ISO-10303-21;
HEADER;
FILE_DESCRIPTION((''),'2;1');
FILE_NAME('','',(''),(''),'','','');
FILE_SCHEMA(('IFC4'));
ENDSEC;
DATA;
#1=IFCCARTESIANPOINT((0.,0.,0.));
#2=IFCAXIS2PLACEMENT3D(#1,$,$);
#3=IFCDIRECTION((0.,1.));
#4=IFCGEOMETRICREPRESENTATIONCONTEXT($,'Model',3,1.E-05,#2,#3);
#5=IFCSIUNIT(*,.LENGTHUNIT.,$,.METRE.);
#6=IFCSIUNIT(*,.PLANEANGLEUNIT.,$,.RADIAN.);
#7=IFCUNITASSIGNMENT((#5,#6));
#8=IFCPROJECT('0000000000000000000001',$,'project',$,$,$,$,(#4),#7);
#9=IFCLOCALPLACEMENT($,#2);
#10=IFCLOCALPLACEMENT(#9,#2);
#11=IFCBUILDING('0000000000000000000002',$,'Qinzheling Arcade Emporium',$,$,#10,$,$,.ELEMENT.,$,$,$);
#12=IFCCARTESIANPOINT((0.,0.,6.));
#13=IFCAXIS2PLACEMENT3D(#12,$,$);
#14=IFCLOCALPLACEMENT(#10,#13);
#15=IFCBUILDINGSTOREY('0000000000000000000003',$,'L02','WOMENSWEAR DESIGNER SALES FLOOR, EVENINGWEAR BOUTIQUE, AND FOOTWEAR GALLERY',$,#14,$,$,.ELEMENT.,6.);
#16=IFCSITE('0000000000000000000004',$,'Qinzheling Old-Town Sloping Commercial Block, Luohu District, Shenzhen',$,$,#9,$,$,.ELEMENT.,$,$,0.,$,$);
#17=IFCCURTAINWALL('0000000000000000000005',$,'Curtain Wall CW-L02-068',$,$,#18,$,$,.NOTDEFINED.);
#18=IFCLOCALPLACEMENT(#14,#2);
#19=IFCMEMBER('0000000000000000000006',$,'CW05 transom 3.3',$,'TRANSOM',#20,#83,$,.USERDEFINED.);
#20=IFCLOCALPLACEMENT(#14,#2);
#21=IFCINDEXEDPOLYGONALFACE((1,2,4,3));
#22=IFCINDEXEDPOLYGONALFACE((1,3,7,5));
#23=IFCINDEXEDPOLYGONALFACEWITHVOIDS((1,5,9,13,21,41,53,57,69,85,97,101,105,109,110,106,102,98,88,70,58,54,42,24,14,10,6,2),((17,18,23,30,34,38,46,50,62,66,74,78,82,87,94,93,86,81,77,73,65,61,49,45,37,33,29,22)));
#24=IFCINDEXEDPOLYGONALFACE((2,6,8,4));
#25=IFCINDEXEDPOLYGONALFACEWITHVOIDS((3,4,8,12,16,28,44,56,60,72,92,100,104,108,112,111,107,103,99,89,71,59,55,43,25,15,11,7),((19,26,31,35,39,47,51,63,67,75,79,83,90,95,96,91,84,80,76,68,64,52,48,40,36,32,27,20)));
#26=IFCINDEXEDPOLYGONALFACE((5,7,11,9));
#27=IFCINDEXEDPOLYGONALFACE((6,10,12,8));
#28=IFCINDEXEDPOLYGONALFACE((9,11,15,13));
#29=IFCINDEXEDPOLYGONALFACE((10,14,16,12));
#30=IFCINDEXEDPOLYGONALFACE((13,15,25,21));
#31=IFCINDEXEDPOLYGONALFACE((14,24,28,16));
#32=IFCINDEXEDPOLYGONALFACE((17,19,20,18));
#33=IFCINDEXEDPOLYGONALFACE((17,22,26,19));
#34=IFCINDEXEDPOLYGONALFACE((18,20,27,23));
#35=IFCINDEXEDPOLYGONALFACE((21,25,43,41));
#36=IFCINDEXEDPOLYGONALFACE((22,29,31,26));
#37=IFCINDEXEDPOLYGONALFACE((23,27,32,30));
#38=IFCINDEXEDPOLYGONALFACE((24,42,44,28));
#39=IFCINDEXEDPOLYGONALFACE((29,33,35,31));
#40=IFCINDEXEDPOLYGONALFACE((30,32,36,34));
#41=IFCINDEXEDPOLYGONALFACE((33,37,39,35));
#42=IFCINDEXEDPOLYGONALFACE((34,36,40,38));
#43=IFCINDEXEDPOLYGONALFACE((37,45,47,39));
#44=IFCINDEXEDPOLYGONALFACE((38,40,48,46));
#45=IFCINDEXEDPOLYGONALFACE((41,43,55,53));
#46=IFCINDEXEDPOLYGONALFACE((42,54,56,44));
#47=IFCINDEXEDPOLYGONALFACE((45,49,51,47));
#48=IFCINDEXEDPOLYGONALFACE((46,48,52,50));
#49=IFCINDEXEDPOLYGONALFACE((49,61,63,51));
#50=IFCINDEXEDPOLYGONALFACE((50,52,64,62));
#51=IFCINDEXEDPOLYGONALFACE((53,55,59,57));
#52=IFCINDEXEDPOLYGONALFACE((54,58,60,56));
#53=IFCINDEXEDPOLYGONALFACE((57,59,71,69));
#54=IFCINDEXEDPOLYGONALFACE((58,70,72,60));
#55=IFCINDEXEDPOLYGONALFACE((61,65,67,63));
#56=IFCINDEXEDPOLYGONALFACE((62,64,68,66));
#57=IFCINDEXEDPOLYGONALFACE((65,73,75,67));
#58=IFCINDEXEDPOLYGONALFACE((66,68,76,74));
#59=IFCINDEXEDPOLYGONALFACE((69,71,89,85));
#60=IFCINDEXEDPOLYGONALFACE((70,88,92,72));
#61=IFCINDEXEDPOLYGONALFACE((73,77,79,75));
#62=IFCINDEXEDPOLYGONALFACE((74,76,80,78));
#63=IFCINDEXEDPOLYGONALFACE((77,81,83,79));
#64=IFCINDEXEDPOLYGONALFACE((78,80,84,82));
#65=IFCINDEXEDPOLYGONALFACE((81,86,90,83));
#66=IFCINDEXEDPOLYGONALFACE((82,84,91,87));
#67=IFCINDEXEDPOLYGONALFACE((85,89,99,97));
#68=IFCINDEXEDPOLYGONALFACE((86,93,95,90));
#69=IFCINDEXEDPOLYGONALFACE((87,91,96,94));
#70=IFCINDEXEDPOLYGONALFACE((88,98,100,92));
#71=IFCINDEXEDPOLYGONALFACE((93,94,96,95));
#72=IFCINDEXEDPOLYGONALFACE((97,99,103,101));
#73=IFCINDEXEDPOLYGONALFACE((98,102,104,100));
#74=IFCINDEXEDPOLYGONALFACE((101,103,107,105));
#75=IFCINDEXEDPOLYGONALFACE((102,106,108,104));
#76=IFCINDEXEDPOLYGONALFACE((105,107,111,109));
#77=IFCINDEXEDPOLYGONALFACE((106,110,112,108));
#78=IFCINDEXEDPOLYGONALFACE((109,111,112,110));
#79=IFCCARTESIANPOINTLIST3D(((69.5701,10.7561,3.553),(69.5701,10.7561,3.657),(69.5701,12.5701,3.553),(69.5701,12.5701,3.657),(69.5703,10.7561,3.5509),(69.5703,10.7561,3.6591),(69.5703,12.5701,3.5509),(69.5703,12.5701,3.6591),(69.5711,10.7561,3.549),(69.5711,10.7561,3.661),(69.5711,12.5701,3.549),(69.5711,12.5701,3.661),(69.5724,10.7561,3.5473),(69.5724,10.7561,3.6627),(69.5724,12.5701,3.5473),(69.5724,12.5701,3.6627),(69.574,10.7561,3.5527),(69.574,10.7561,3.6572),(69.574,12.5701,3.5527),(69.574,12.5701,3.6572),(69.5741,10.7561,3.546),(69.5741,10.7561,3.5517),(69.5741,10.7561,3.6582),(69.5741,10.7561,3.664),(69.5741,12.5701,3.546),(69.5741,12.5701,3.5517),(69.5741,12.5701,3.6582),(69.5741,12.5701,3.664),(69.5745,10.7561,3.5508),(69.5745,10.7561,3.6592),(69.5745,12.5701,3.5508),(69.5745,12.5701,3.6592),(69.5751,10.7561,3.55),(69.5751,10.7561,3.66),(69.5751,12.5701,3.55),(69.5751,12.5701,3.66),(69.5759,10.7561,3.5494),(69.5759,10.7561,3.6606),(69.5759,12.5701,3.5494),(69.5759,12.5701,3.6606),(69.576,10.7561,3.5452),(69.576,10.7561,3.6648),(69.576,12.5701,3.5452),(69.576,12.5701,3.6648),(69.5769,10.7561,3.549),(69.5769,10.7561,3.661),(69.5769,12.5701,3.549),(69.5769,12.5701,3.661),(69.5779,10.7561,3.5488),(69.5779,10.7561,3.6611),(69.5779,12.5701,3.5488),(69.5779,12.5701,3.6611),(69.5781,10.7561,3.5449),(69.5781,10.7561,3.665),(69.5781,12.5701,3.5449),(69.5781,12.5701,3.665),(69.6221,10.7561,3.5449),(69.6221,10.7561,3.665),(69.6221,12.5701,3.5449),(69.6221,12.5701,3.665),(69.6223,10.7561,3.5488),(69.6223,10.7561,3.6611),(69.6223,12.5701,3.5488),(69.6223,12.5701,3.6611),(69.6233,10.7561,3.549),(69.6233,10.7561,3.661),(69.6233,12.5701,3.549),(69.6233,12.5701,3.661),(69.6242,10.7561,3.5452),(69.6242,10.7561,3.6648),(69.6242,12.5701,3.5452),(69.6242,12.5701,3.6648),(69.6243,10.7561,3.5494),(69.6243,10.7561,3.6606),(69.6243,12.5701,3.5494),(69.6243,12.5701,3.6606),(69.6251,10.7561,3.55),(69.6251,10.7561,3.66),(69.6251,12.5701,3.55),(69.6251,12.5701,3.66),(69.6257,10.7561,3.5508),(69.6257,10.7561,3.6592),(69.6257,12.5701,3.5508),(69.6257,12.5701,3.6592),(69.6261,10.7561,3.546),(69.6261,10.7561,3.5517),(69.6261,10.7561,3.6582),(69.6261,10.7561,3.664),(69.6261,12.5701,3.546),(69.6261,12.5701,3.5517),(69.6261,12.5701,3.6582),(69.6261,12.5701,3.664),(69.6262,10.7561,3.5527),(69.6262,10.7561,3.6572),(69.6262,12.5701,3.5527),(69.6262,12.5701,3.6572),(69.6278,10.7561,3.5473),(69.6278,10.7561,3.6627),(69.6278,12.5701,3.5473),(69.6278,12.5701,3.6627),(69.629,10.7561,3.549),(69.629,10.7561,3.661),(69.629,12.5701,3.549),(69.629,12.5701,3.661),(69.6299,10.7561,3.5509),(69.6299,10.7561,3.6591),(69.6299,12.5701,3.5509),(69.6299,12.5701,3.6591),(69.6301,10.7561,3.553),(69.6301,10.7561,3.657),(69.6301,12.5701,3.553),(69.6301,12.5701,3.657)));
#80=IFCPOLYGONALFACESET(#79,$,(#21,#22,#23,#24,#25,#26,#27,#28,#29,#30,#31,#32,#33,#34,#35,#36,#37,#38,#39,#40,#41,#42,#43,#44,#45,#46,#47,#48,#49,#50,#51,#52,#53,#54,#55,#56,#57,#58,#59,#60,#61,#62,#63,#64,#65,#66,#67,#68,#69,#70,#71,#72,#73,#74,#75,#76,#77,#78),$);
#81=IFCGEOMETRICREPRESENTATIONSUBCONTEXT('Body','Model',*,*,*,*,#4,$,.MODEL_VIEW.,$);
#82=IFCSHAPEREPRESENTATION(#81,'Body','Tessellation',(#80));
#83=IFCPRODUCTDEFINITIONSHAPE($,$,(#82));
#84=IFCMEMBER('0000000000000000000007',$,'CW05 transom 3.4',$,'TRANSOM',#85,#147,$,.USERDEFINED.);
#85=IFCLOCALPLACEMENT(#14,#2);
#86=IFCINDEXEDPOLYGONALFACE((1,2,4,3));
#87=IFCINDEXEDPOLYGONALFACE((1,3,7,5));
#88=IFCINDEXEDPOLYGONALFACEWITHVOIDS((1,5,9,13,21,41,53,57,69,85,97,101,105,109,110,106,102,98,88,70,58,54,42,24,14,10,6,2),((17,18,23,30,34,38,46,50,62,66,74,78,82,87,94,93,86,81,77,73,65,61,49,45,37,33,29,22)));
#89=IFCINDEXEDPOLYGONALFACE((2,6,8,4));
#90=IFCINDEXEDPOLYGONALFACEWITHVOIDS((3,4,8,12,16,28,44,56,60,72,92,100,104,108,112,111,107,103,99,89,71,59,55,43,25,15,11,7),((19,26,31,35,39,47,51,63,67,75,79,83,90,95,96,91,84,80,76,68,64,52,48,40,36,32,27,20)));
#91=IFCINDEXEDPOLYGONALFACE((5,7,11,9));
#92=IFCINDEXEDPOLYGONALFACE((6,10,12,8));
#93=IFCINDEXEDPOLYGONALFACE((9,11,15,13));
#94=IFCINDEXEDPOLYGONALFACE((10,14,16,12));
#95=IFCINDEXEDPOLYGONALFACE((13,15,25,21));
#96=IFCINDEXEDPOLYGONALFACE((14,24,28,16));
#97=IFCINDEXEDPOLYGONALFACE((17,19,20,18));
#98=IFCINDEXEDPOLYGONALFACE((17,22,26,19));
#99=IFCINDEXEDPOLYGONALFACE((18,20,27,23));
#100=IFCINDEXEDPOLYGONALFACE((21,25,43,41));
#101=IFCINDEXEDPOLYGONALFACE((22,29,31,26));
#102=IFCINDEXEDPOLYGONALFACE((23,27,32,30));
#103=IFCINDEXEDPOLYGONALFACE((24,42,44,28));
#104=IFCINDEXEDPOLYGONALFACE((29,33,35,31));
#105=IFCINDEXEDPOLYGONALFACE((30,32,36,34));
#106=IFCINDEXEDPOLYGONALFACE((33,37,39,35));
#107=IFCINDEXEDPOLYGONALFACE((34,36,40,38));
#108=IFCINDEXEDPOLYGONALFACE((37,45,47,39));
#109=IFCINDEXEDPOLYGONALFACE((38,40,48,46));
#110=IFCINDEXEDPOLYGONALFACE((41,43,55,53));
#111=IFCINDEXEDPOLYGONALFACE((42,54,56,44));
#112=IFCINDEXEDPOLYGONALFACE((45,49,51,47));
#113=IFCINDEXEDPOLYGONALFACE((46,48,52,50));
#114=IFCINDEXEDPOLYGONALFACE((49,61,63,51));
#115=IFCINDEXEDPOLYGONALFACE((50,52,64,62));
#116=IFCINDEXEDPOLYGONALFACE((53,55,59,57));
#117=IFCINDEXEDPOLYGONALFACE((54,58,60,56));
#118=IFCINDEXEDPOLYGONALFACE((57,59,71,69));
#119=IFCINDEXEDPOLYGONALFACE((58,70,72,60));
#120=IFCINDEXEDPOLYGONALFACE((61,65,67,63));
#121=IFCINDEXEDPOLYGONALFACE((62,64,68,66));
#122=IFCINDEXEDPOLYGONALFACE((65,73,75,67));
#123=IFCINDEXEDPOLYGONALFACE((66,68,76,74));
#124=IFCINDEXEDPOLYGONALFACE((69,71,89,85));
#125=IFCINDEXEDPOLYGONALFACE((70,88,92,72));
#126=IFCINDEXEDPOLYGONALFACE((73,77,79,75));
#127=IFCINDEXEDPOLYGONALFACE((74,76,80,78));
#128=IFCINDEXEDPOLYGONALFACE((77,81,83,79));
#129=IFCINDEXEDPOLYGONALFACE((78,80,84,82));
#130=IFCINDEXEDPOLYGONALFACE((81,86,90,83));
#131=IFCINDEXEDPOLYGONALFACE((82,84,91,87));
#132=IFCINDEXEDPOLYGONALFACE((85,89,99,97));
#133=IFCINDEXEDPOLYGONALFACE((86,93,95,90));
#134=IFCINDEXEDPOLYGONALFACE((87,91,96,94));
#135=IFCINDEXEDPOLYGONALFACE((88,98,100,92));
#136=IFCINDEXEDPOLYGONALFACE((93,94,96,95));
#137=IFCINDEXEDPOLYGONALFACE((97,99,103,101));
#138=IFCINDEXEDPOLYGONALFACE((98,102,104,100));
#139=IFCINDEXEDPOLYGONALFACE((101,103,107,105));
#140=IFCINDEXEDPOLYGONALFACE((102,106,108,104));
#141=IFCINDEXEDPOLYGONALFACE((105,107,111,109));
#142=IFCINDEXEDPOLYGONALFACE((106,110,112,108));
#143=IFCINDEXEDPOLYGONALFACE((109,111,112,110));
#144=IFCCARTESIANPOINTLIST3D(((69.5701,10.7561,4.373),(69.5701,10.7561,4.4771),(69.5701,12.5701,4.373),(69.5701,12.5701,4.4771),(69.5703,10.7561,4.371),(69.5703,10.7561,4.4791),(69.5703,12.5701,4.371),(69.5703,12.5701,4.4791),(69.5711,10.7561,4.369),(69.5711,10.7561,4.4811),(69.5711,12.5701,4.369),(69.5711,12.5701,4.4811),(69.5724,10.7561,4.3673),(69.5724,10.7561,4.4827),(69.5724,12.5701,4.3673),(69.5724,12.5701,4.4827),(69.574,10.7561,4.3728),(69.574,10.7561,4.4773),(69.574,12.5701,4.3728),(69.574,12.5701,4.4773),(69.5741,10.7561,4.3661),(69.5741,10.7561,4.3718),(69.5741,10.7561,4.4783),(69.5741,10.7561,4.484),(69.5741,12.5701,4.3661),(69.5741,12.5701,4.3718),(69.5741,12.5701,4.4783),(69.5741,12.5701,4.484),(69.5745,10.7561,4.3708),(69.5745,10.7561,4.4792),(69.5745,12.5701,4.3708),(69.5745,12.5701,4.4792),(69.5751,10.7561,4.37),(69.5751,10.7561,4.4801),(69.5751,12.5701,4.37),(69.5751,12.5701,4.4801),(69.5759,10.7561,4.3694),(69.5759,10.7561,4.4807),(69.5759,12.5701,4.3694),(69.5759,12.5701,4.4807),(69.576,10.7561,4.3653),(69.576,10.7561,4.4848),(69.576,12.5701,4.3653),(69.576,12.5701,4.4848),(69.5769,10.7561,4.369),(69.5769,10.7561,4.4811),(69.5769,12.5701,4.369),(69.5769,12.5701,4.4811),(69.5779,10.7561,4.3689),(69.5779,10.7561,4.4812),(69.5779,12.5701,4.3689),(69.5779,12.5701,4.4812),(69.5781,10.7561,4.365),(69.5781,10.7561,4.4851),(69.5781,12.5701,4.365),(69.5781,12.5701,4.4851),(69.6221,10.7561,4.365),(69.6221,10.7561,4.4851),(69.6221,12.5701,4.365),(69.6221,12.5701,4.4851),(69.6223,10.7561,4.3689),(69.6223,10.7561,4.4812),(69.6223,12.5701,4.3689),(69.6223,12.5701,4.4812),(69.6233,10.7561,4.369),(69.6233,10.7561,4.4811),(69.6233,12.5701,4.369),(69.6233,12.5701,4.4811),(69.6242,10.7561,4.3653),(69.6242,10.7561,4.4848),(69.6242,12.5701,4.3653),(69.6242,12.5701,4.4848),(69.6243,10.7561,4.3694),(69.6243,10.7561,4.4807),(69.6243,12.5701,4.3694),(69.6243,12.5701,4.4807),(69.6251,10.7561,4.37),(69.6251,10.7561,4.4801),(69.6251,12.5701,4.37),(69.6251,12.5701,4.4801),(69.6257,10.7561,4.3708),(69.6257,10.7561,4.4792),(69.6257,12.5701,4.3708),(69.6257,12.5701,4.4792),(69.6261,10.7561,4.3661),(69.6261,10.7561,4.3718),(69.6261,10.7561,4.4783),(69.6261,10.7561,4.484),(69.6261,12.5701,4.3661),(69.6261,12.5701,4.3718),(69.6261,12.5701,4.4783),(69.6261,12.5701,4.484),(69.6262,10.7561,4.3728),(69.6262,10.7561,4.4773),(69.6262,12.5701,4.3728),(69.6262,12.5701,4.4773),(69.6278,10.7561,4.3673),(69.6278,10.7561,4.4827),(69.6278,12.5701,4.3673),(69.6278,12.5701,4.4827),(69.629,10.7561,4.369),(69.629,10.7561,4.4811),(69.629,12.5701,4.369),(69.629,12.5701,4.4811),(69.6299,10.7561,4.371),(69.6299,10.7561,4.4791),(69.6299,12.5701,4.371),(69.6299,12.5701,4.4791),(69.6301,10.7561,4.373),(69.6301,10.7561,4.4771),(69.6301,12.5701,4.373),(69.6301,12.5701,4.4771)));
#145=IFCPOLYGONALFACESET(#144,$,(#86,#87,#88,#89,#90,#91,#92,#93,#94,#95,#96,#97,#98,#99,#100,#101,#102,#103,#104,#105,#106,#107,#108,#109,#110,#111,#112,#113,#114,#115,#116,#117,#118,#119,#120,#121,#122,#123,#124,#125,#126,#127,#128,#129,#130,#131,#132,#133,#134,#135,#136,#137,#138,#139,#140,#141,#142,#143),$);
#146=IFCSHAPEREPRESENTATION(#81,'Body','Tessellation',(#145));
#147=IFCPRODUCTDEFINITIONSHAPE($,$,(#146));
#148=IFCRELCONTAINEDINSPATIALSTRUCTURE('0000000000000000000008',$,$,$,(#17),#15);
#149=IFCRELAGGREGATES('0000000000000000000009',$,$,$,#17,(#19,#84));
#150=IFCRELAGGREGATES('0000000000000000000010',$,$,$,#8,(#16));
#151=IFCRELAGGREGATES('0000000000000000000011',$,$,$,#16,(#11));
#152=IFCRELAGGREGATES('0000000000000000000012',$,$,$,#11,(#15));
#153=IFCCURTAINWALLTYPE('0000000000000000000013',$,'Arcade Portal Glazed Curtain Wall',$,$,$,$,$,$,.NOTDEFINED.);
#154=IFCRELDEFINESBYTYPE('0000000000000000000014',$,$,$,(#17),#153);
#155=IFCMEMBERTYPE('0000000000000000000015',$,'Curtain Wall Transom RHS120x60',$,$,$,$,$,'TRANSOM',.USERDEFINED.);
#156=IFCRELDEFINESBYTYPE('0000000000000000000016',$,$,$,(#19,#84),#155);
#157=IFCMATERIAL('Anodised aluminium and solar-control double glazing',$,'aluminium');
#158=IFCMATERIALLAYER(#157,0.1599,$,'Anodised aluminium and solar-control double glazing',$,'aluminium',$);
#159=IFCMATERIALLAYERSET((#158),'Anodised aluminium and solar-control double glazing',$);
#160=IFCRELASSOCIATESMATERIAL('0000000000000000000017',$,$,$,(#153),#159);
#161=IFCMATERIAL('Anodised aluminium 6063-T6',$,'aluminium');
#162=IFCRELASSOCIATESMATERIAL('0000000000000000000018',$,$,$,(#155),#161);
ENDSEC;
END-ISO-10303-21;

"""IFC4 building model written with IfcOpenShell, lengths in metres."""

from ifc_helpers import new_model, si_unit, direction, frame, origin, origin_2d, place, context, subcontext, project, spatial, hollow_rectangle, extrude, material, layer, layer_set, material_profile, profile_set, type_object, element, aggregate, save


model = new_model("IFC4")

# Units and contexts
model_context = context("Model", 3, precision=1e-05, world=origin(), true_north=direction((0.0, 1.0)))
body_context = subcontext(model_context, "Body", "Model", "MODEL_VIEW")
ifc_project = project(units=[si_unit("LENGTHUNIT", "METRE"), si_unit("PLANEANGLEUNIT", "RADIAN")], contexts=[model_context])

# Site, building, storey
site_placement = place(None, origin())
site = spatial("IfcSite", under=ifc_project, at=site_placement, Name="Qinzheling Old-Town Sloping Commercial Block, Luohu District, Shenzhen", CompositionType="ELEMENT", RefElevation=0.0)
building_placement = place(site_placement, origin())
building = spatial("IfcBuilding", under=site, at=building_placement, Name="Qinzheling Arcade Emporium", CompositionType="ELEMENT")
storey_placement = place(building_placement, frame((0.0, 0.0, 6.0)))
storey = spatial("IfcBuildingStorey", under=building, at=storey_placement, Name="L02", Description="WOMENSWEAR DESIGNER SALES FLOOR, EVENINGWEAR BOUTIQUE, AND FOOTWEAR GALLERY", CompositionType="ELEMENT", Elevation=6.0)

# Curtain wall, members
ifc_material_1 = material(Name="Anodised aluminium and solar-control double glazing", Category="aluminium")
ifc_layer_1 = layer(ifc_material_1, 0.1599, Name="Anodised aluminium and solar-control double glazing", Category="aluminium")
ifc_layer_set_1 = layer_set([ifc_layer_1], Name="Anodised aluminium and solar-control double glazing")
curtain_wall_type = type_object("IfcCurtainWallType", Name="Arcade Portal Glazed Curtain Wall", PredefinedType="NOTDEFINED", material=ifc_layer_set_1)
curtain_wall_placement = place(storey_placement, origin())
curtain_wall = element("IfcCurtainWall", 1, at=curtain_wall_placement, inside=storey, type_object=curtain_wall_type, Name="Curtain Wall CW-L02-068", PredefinedType="NOTDEFINED")
ifc_material_2 = material(Name="Anodised aluminium 6063-T6", Category="aluminium")
ifc_material_profile_1 = material_profile(ifc_material_2, hollow_rectangle(XDim=0.0601, YDim=0.1201, WallThickness=0.0039, InnerFilletRadius=0.0039, OuterFilletRadius=0.0081, at=origin_2d()), Name="RHS 120x60x4", Category="aluminium")
ifc_profile_set_1 = profile_set([ifc_material_profile_1], Name="Anodised aluminium 6063-T6")
member_type_1 = type_object("IfcMemberType", Name="Curtain Wall Transom RHS120x60", ElementType="TRANSOM", PredefinedType="USERDEFINED", material=ifc_profile_set_1)
member_1_placement = place(storey_placement, frame((69.6001, 12.5701, 3.605), z_axis=(0.0, -1.0, 0.0), x_axis=(1.0, 0.0, 0.0)))
member_1 = element("IfcMember", 2, at=member_1_placement, type_object=member_type_1, Name="CW05 transom 3.3", ObjectType="TRANSOM", PredefinedType="USERDEFINED", context=body_context, shape_type="SweptSolid", body=[
    extrude(hollow_rectangle(XDim=0.0601, YDim=0.1201, WallThickness=0.0039, InnerFilletRadius=0.0039, OuterFilletRadius=0.0081, at=origin_2d()), origin(), (0.0, 0.0, 1.0), 1.814),
])
member_2_placement = place(storey_placement, frame((69.6001, 12.5701, 4.425), z_axis=(0.0, -1.0, 0.0), x_axis=(1.0, 0.0, 0.0)))
member_2 = element("IfcMember", 3, at=member_2_placement, type_object=member_type_1, Name="CW05 transom 3.4", ObjectType="TRANSOM", PredefinedType="USERDEFINED", context=body_context, shape_type="SweptSolid", body=[
    extrude(hollow_rectangle(XDim=0.0601, YDim=0.1201, WallThickness=0.0039, InnerFilletRadius=0.0039, OuterFilletRadius=0.0081, at=origin_2d()), origin(), (0.0, 0.0, 1.0), 1.814),
])
aggregate(curtain_wall, [member_1, member_2])

save(model, "model.ifc")
